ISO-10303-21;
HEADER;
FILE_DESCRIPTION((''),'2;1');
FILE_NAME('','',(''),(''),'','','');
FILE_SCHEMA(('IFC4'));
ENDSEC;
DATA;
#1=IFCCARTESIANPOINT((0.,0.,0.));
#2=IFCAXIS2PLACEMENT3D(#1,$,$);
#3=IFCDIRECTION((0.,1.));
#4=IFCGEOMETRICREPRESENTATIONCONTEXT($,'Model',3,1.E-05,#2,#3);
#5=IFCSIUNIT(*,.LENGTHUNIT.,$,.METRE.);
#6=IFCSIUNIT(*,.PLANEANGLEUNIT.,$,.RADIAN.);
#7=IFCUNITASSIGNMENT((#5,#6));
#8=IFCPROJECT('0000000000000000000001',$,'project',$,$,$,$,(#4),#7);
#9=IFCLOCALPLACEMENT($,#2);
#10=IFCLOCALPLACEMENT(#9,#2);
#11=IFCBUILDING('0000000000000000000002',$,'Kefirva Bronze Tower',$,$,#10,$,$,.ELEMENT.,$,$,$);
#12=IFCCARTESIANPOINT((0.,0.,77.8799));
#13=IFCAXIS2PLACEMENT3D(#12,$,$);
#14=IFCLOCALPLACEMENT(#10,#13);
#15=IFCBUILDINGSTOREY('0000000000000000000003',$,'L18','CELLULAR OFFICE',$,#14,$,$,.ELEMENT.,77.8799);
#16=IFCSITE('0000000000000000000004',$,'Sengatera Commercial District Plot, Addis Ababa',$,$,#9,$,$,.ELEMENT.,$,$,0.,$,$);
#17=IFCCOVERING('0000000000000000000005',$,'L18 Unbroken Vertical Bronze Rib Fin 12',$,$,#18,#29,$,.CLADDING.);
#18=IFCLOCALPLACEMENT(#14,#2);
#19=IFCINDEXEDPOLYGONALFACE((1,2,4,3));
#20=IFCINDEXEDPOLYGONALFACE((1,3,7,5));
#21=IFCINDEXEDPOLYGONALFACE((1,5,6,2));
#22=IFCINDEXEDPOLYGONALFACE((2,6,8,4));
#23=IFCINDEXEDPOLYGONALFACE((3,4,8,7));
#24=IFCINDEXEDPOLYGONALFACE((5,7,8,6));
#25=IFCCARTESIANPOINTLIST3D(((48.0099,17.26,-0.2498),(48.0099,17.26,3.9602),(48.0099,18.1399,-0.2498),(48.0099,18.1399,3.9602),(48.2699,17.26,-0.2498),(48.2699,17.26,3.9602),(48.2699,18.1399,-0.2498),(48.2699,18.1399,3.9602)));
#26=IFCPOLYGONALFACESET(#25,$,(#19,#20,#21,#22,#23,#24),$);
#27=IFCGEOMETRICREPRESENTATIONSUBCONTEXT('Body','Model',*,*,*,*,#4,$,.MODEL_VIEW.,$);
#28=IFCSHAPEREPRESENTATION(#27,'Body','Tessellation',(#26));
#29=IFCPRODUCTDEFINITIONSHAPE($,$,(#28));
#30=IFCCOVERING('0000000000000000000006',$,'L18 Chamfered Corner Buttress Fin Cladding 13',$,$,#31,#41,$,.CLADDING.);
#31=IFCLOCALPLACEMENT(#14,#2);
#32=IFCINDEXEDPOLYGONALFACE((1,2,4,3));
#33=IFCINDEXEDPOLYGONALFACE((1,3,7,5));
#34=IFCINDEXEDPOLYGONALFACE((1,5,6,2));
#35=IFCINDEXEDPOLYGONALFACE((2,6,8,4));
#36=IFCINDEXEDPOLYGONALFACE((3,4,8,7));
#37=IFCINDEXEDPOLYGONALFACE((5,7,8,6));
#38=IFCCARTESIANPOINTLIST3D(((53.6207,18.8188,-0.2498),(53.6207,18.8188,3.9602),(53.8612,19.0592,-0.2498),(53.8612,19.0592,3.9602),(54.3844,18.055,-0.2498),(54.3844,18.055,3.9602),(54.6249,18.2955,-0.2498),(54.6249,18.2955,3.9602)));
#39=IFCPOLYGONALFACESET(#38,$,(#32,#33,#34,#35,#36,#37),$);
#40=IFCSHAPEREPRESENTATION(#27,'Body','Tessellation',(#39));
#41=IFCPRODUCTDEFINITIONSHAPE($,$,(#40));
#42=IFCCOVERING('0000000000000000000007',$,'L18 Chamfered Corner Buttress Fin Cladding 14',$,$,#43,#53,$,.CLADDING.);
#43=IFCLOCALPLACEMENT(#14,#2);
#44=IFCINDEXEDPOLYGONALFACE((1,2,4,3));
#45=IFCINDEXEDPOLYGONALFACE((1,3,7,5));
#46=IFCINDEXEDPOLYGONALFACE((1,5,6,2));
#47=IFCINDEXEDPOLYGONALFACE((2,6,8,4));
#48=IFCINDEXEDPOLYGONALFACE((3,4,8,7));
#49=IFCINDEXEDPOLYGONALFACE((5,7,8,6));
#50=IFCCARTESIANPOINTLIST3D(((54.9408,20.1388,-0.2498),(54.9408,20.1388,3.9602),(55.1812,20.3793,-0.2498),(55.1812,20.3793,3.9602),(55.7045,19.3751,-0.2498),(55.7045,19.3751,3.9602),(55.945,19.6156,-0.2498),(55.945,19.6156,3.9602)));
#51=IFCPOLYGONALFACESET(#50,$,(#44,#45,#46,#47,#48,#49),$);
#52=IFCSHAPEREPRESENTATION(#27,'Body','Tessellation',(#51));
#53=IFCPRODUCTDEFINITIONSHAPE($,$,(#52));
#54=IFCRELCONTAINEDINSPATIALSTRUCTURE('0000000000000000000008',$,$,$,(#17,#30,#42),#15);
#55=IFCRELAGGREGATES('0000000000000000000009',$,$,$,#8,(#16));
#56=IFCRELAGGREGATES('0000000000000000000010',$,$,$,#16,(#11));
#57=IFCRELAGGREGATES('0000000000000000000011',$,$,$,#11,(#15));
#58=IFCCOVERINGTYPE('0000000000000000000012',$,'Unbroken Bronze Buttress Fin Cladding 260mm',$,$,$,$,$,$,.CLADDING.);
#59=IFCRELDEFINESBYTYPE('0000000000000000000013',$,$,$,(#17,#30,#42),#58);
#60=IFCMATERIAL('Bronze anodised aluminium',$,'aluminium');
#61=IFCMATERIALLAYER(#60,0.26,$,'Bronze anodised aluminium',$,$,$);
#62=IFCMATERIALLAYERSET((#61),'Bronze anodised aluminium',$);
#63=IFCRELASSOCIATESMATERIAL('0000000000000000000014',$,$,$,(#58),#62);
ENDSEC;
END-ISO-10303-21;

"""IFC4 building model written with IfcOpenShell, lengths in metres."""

from ifc_helpers import new_model, si_unit, direction, frame, origin, origin_2d, place, context, subcontext, project, spatial, rectangle, extrude, material, layer, layer_set, type_object, element, save


model = new_model("IFC4")

# Units and contexts
model_context = context("Model", 3, precision=1e-05, world=origin(), true_north=direction((0.0, 1.0)))
body_context = subcontext(model_context, "Body", "Model", "MODEL_VIEW")
ifc_project = project(units=[si_unit("LENGTHUNIT", "METRE"), si_unit("PLANEANGLEUNIT", "RADIAN")], contexts=[model_context])

# Site, building, storey
site_placement = place(None, origin())
site = spatial("IfcSite", under=ifc_project, at=site_placement, Name="Sengatera Commercial District Plot, Addis Ababa", CompositionType="ELEMENT", RefElevation=0.0)
building_placement = place(site_placement, origin())
building = spatial("IfcBuilding", under=site, at=building_placement, Name="Kefirva Bronze Tower", CompositionType="ELEMENT")
storey_placement = place(building_placement, frame((0.0, 0.0, 77.8799)))
storey = spatial("IfcBuildingStorey", under=building, at=storey_placement, Name="L18", Description="CELLULAR OFFICE", CompositionType="ELEMENT", Elevation=77.8799)

# Shared definitions
ifc_material_1 = material(Name="Bronze anodised aluminium", Category="aluminium")

# Coverings
ifc_layer_1 = layer(ifc_material_1, 0.26, Name="Bronze anodised aluminium")
ifc_layer_set_1 = layer_set([ifc_layer_1], Name="Bronze anodised aluminium")
covering_type_1 = type_object("IfcCoveringType", Name="Unbroken Bronze Buttress Fin Cladding 260mm", PredefinedType="CLADDING", material=ifc_layer_set_1)
for number, where, z_axis, x_axis, name in (
    (1, (48.1399, 17.7, -0.2498), (0.0, 0.0, 1.0), (1.0, 0.0, 0.0), "L18 Unbroken Vertical Bronze Rib Fin 12"),
):
    element("IfcCovering", number, at=place(storey_placement, frame(where, z_axis=z_axis, x_axis=x_axis)), inside=storey, type_object=covering_type_1, Name=name, PredefinedType="CLADDING", context=body_context, shape_type="SweptSolid", body=[
        extrude(rectangle(XDim=0.26, YDim=0.8799, at=origin_2d()), origin(), (0.0, 0.0, 1.0), 4.21),
    ])
for number, where, z_axis, x_axis, name in (
    (2, (54.1228, 18.5571, -0.2498), (0.0, 0.0, 1.0), (0.707107, 0.707107, 0.0), "L18 Chamfered Corner Buttress Fin Cladding 13"),
    (3, (55.4429, 19.8772, -0.2498), (0.0, 0.0, 1.0), (0.707107, 0.707107, 0.0), "L18 Chamfered Corner Buttress Fin Cladding 14"),
):
    element("IfcCovering", number, at=place(storey_placement, frame(where, z_axis=z_axis, x_axis=x_axis)), inside=storey, type_object=covering_type_1, Name=name, PredefinedType="CLADDING", context=body_context, shape_type="SweptSolid", body=[
        extrude(rectangle(XDim=0.3401, YDim=1.0801, at=origin_2d()), origin(), (0.0, 0.0, 1.0), 4.21),
    ])

save(model, "model.ifc")
